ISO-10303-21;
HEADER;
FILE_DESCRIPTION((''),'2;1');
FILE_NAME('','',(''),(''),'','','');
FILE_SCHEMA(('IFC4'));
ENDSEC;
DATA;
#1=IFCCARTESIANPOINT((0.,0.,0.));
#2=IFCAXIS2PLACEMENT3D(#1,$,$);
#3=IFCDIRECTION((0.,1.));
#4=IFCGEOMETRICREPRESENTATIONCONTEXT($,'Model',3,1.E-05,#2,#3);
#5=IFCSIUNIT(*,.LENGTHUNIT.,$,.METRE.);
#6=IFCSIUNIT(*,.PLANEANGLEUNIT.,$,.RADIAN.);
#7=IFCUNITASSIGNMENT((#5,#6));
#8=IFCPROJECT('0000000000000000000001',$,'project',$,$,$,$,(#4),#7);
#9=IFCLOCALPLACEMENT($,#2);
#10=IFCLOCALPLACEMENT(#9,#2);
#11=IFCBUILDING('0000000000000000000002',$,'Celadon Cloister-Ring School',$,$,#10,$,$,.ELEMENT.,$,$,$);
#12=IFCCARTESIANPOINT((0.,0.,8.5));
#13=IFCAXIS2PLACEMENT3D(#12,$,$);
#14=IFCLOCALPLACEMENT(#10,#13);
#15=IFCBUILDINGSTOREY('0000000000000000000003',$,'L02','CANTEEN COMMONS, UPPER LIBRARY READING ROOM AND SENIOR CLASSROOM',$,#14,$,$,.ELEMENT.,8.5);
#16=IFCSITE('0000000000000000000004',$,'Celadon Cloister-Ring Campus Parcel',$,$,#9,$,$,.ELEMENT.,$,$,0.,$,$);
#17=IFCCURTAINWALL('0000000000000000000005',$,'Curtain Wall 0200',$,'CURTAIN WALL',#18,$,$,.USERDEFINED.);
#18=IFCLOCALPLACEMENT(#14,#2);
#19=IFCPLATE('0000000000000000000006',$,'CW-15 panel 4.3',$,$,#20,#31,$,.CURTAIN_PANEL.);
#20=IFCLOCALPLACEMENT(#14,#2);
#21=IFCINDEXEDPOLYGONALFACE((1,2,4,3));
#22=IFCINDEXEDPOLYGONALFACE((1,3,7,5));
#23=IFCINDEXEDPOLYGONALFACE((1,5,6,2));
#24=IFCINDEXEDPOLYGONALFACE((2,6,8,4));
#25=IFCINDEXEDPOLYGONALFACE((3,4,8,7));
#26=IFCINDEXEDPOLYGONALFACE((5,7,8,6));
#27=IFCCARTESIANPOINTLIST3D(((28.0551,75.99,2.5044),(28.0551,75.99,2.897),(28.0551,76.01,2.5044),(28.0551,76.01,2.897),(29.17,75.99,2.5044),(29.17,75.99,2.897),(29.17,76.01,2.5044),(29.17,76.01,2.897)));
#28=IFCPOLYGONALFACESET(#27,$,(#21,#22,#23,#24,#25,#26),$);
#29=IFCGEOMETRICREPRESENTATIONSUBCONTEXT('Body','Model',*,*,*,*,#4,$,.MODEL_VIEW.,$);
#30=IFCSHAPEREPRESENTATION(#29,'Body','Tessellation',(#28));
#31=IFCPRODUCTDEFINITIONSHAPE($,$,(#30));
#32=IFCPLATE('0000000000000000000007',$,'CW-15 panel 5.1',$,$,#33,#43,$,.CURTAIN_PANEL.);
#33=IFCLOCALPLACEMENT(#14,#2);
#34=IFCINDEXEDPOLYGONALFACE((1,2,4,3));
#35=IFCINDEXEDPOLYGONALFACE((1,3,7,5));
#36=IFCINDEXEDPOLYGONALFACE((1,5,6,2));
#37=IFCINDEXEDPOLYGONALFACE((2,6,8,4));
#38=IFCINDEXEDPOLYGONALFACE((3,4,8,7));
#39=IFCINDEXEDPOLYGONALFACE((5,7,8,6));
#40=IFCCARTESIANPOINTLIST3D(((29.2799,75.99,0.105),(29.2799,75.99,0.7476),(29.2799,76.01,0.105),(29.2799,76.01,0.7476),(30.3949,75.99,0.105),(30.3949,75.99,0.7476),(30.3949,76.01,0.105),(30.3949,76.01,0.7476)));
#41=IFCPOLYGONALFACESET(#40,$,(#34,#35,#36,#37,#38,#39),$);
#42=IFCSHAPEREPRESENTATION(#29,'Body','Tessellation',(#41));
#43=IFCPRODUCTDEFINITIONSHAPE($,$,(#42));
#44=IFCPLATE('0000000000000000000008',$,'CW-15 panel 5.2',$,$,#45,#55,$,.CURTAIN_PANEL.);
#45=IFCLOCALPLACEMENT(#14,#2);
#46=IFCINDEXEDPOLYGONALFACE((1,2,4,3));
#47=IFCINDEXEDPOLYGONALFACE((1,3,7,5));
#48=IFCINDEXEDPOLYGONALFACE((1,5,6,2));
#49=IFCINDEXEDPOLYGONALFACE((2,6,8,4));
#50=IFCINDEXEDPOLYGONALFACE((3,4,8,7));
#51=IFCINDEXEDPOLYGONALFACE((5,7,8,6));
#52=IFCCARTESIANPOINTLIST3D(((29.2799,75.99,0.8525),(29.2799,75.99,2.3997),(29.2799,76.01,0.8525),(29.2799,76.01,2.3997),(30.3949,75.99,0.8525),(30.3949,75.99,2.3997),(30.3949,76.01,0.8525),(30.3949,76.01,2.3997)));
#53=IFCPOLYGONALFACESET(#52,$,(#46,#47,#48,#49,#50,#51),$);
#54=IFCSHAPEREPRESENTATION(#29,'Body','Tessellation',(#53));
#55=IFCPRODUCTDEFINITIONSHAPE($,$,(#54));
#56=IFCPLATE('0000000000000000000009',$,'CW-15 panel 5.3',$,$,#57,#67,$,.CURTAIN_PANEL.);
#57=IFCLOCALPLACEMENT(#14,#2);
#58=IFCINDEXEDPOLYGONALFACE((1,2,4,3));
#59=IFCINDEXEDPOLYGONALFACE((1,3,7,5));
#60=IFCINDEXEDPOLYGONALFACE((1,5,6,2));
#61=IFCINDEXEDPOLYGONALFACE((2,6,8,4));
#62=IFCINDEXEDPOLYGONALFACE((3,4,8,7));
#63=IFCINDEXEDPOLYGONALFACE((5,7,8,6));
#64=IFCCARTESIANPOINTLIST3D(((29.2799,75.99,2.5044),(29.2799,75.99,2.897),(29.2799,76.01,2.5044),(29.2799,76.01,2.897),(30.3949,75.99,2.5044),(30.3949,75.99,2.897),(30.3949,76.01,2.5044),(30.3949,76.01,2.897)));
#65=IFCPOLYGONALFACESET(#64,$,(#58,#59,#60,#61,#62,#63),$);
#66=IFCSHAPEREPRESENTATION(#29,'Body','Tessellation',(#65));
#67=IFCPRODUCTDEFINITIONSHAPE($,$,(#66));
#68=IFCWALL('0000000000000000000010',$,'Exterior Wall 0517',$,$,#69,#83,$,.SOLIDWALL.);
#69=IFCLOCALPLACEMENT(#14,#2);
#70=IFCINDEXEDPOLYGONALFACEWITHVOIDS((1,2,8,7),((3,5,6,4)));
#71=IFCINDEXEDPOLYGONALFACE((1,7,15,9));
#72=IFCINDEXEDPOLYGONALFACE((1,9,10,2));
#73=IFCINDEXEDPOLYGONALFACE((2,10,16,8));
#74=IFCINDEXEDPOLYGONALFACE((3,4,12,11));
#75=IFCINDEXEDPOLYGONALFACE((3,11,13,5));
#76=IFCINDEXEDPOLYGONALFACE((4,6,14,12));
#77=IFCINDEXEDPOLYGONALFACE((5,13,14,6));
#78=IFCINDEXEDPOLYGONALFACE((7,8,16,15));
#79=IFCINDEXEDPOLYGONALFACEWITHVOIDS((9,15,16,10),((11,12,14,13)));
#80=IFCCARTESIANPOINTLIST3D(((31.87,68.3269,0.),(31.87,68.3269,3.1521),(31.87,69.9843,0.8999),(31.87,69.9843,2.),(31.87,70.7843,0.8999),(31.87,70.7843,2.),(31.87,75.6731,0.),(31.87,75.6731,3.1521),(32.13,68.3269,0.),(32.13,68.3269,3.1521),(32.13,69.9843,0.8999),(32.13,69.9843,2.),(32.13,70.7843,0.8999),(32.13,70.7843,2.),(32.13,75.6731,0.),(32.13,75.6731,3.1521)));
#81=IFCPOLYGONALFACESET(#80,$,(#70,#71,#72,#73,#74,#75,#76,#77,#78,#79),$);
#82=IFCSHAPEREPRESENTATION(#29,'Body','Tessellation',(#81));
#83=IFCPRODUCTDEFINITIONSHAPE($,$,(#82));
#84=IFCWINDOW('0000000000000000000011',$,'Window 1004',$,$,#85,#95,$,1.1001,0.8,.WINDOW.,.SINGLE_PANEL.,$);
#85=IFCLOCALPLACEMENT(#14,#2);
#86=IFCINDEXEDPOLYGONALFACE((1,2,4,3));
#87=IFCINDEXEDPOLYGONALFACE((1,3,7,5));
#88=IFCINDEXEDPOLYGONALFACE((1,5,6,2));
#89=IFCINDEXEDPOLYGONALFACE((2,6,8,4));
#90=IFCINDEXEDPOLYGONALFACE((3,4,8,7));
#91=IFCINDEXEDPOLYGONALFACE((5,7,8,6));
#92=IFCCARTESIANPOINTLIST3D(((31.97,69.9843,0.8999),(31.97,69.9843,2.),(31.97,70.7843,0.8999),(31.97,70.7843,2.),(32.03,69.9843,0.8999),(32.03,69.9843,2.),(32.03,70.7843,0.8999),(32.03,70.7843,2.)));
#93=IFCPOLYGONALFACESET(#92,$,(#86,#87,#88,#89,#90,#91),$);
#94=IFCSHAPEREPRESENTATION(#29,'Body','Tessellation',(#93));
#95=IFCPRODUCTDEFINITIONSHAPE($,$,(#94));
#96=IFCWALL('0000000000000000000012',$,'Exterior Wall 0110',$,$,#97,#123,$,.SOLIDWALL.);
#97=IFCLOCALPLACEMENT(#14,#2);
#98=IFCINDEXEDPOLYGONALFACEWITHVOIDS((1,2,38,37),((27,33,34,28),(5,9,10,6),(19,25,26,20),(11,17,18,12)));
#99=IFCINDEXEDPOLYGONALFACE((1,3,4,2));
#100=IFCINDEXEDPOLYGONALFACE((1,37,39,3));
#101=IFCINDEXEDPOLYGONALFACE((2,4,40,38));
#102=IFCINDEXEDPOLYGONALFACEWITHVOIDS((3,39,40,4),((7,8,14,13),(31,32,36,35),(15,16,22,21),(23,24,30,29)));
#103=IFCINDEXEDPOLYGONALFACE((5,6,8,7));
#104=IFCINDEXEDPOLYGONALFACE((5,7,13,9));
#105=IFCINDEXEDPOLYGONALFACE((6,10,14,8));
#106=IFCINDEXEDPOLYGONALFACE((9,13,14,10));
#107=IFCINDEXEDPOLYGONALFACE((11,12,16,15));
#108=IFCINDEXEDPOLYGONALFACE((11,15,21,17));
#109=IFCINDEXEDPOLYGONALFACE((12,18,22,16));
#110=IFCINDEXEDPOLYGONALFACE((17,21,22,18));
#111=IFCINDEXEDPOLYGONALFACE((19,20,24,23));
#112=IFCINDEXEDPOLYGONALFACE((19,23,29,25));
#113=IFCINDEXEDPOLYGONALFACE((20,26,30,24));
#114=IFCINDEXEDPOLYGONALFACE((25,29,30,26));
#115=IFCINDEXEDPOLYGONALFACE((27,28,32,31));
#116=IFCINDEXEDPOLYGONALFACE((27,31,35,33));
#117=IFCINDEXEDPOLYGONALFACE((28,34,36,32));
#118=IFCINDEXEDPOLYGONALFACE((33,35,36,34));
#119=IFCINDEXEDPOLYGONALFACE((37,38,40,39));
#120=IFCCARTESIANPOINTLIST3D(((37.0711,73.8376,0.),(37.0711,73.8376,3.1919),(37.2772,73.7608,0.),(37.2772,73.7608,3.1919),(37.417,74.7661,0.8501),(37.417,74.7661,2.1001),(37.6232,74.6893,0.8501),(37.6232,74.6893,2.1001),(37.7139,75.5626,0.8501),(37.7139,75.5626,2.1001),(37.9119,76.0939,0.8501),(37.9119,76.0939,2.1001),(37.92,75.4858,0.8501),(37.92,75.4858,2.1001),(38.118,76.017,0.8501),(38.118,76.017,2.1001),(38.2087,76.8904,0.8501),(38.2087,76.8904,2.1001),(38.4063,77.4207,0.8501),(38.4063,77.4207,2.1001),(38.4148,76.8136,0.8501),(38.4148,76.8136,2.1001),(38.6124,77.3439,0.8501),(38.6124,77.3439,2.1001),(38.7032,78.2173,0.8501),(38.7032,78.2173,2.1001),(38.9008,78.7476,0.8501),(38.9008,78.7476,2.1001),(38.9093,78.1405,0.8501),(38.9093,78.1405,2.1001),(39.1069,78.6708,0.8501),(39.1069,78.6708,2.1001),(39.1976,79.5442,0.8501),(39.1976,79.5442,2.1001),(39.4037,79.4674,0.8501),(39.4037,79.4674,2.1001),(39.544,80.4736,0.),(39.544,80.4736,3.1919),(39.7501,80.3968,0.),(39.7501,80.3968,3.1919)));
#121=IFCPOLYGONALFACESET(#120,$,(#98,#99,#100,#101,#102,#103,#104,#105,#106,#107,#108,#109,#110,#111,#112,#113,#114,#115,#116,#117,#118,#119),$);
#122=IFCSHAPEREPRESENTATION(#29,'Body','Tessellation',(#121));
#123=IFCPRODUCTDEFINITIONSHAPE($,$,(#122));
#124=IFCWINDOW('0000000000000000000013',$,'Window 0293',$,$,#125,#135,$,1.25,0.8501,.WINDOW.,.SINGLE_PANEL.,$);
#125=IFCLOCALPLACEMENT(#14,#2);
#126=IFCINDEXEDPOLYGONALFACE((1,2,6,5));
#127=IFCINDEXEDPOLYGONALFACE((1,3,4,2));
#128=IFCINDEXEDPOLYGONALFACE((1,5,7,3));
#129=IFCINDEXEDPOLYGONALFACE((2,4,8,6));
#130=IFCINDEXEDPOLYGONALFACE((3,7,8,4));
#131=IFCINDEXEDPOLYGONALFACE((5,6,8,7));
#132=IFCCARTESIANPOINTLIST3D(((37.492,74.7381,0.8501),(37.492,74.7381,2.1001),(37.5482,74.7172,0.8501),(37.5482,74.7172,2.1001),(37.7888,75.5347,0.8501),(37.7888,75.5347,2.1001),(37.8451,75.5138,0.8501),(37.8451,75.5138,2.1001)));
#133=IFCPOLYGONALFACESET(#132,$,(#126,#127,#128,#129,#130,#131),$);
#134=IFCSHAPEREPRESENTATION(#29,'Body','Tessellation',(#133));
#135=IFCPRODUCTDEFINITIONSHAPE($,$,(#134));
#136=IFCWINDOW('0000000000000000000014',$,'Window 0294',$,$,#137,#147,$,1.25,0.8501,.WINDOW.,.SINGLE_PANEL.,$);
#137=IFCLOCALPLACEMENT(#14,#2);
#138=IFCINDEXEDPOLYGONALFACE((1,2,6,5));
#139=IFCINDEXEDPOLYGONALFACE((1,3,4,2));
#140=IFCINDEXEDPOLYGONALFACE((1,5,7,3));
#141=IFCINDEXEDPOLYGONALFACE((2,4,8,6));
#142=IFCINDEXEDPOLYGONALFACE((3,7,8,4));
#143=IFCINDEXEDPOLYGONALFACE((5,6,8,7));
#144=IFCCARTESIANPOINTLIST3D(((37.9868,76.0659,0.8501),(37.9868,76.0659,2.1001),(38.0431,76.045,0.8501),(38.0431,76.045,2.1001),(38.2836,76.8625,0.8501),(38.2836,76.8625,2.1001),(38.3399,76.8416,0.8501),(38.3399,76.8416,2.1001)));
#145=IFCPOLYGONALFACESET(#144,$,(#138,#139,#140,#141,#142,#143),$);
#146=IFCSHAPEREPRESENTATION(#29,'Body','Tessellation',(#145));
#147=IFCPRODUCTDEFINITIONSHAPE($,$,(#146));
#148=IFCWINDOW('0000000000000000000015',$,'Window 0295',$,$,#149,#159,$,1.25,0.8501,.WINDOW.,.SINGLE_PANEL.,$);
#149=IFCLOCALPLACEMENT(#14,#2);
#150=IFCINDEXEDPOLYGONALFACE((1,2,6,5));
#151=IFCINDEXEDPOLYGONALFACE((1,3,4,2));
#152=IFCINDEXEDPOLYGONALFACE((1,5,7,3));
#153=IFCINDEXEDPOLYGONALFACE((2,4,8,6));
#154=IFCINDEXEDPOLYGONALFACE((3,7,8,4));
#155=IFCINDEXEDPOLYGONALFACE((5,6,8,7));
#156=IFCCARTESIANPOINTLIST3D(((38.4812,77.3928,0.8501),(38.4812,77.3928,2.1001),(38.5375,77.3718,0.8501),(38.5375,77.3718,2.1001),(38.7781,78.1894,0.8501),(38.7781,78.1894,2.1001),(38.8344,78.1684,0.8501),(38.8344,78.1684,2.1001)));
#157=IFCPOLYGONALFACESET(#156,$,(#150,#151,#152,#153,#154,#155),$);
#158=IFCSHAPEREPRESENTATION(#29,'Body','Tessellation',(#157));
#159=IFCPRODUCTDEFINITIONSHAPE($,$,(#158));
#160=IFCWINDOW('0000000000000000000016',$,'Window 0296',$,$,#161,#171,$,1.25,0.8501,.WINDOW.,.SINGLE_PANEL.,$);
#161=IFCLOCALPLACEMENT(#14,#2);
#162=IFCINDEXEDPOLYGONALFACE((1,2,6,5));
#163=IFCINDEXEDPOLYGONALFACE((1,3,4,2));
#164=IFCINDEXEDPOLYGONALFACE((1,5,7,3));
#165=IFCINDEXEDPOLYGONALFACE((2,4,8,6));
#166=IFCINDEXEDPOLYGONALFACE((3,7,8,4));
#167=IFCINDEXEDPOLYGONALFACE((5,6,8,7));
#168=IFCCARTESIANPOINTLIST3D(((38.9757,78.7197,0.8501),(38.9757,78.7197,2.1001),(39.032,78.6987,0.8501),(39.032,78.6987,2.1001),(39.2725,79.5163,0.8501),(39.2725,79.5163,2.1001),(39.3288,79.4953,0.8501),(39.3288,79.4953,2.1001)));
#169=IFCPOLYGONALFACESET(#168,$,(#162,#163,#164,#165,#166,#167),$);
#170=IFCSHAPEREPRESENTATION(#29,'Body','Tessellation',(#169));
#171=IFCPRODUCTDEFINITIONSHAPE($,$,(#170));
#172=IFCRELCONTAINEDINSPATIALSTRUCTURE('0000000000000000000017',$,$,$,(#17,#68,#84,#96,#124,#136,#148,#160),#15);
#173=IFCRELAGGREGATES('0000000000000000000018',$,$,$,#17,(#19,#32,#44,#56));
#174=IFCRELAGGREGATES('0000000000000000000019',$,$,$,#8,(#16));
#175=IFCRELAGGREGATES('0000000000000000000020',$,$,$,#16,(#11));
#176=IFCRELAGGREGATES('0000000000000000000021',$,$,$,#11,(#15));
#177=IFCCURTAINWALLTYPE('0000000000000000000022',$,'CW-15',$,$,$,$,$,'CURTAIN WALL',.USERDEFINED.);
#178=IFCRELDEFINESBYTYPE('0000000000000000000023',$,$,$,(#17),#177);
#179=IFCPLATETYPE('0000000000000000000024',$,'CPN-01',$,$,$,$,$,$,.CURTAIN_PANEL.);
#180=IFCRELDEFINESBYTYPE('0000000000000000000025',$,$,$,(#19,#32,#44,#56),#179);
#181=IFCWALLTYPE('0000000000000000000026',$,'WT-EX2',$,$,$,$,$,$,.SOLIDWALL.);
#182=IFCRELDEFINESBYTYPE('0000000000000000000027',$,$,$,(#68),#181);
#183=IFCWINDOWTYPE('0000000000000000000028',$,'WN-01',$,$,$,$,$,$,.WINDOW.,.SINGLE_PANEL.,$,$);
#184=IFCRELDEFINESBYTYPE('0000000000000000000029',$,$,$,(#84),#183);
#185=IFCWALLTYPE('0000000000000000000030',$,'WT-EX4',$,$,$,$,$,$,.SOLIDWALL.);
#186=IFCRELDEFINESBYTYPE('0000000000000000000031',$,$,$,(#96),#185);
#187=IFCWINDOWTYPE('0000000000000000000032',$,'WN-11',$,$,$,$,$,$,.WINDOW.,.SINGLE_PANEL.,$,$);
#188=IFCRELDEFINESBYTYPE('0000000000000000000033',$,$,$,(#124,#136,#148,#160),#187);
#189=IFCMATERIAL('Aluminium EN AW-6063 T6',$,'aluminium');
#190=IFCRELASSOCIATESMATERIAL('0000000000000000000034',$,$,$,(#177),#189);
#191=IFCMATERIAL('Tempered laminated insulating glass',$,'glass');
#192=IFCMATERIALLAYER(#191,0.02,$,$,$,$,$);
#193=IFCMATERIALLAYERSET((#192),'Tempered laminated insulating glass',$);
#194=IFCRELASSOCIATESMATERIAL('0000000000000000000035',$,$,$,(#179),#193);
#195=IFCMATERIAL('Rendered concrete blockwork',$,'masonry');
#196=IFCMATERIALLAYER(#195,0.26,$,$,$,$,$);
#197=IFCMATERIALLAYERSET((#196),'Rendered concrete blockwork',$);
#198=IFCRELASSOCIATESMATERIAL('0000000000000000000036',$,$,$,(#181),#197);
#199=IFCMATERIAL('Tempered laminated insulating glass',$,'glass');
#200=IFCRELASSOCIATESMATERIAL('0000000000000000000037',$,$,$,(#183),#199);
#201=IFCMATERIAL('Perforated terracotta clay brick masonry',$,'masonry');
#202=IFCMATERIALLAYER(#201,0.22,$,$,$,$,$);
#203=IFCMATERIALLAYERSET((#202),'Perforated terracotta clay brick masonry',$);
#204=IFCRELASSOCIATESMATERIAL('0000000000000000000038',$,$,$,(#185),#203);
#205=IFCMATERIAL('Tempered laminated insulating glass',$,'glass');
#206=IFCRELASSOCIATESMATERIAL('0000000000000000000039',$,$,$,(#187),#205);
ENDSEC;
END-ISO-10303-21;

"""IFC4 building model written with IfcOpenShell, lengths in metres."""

from ifc_helpers import new_model, si_unit, direction, frame, frame_2d, origin, origin_2d, place, context, subcontext, project, spatial, rectangle, extrude, material, layer, layer_set, type_object, element, fill, aggregate, save


model = new_model("IFC4")

# Units and contexts
model_context = context("Model", 3, precision=1e-05, world=origin(), true_north=direction((0.0, 1.0)))
body_context = subcontext(model_context, "Body", "Model", "MODEL_VIEW")
ifc_project = project(units=[si_unit("LENGTHUNIT", "METRE"), si_unit("PLANEANGLEUNIT", "RADIAN")], contexts=[model_context])

# Site, building, storey
site_placement = place(None, origin())
site = spatial("IfcSite", under=ifc_project, at=site_placement, Name="Celadon Cloister-Ring Campus Parcel", CompositionType="ELEMENT", RefElevation=0.0)
building_placement = place(site_placement, origin())
building = spatial("IfcBuilding", under=site, at=building_placement, Name="Celadon Cloister-Ring School", CompositionType="ELEMENT")
storey_placement = place(building_placement, frame((0.0, 0.0, 8.5)))
storey = spatial("IfcBuildingStorey", under=building, at=storey_placement, Name="L02", Description="CANTEEN COMMONS, UPPER LIBRARY READING ROOM AND SENIOR CLASSROOM", CompositionType="ELEMENT", Elevation=8.5)

# Curtain wall, plates
ifc_material_1 = material(Name="Aluminium EN AW-6063 T6", Category="aluminium")
curtain_wall_type = type_object("IfcCurtainWallType", Name="CW-15", ElementType="CURTAIN WALL", PredefinedType="USERDEFINED", material=ifc_material_1)
curtain_wall_placement = place(storey_placement, origin())
curtain_wall = element("IfcCurtainWall", 1, at=curtain_wall_placement, inside=storey, type_object=curtain_wall_type, Name="Curtain Wall 0200", ObjectType="CURTAIN WALL", PredefinedType="USERDEFINED")
ifc_material_2 = material(Name="Tempered laminated insulating glass", Category="glass")
ifc_layer_1 = layer(ifc_material_2, 0.02)
ifc_layer_set_1 = layer_set([ifc_layer_1], Name="Tempered laminated insulating glass")
plate_type = type_object("IfcPlateType", Name="CPN-01", PredefinedType="CURTAIN_PANEL", material=ifc_layer_set_1)
plate_1_placement = place(storey_placement, frame((28.6125, 76.0, 2.5044), z_axis=(0.0, 0.0, 1.0), x_axis=(1.0, 0.0, 0.0)))
plate_1 = element("IfcPlate", 2, at=plate_1_placement, type_object=plate_type, Name="CW-15 panel 4.3", PredefinedType="CURTAIN_PANEL", context=body_context, shape_type="SweptSolid", body=[
    extrude(rectangle(XDim=1.115, YDim=0.02, at=origin_2d()), origin(), (0.0, 0.0, 1.0), 0.3926),
])
plate_2_placement = place(storey_placement, frame((29.8374, 76.0, 0.105), z_axis=(0.0, 0.0, 1.0), x_axis=(1.0, 0.0, 0.0)))
plate_2 = element("IfcPlate", 3, at=plate_2_placement, type_object=plate_type, Name="CW-15 panel 5.1", PredefinedType="CURTAIN_PANEL", context=body_context, shape_type="SweptSolid", body=[
    extrude(rectangle(XDim=1.115, YDim=0.02, at=origin_2d()), origin(), (0.0, 0.0, 1.0), 0.6426),
])
plate_3_placement = place(storey_placement, frame((29.8374, 76.0, 0.8525), z_axis=(0.0, 0.0, 1.0), x_axis=(1.0, 0.0, 0.0)))
plate_3 = element("IfcPlate", 4, at=plate_3_placement, type_object=plate_type, Name="CW-15 panel 5.2", PredefinedType="CURTAIN_PANEL", context=body_context, shape_type="SweptSolid", body=[
    extrude(rectangle(XDim=1.115, YDim=0.02, at=origin_2d()), origin(), (0.0, 0.0, 1.0), 1.5471),
])
plate_4_placement = place(storey_placement, frame((29.8374, 76.0, 2.5044), z_axis=(0.0, 0.0, 1.0), x_axis=(1.0, 0.0, 0.0)))
plate_4 = element("IfcPlate", 5, at=plate_4_placement, type_object=plate_type, Name="CW-15 panel 5.3", PredefinedType="CURTAIN_PANEL", context=body_context, shape_type="SweptSolid", body=[
    extrude(rectangle(XDim=1.115, YDim=0.02, at=origin_2d()), origin(), (0.0, 0.0, 1.0), 0.3926),
])
aggregate(curtain_wall, [plate_1, plate_2, plate_3, plate_4])

# Wall, opening, window
ifc_material_3 = material(Name="Rendered concrete blockwork", Category="masonry")
ifc_layer_2 = layer(ifc_material_3, 0.26)
ifc_layer_set_2 = layer_set([ifc_layer_2], Name="Rendered concrete blockwork")
wall_type_1 = type_object("IfcWallType", Name="WT-EX2", PredefinedType="SOLIDWALL", material=ifc_layer_set_2)
wall_1_placement = place(storey_placement, frame((32.0, 75.6731, 0.0), z_axis=(0.0, 0.0, 1.0), x_axis=(0.0, -1.0, 0.0)))
wall_1 = element("IfcWall", 6, at=wall_1_placement, inside=storey, type_object=wall_type_1, Name="Exterior Wall 0517", PredefinedType="SOLIDWALL", context=body_context, shape_type="SweptSolid", body=[
    extrude(rectangle(XDim=7.3462, YDim=0.26, at=frame_2d((3.6731, 0.0))), origin(), (0.0, 0.0, 1.0), 3.1521),
])
opening_1_placement = place(wall_1_placement, frame((4.8889, 0.0, 0.8999)))
opening_1 = element("IfcOpeningElement", 7, at=opening_1_placement, cuts=wall_1, PredefinedType="OPENING", context=body_context, shape_type="SweptSolid", body=[
    extrude(rectangle(XDim=0.8, YDim=1.1001, at=frame_2d((0.3999, 0.55))), frame((0.0, 0.1401, 0.0), z_axis=(0.0, -1.0, 0.0), x_axis=(1.0, 0.0, 0.0)), (0.0, 0.0, 1.0), 0.28),
])
ifc_material_4 = material(Name="Tempered laminated insulating glass", Category="glass")
window_type_1 = type_object("IfcWindowType", Name="WN-01", PartitioningType="SINGLE_PANEL", PredefinedType="WINDOW", material=ifc_material_4)
window_1_placement = place(opening_1_placement, origin())
window_1 = element("IfcWindow", 8, at=window_1_placement, inside=storey, type_object=window_type_1, Name="Window 1004", OverallHeight=1.1001, OverallWidth=0.8, PartitioningType="SINGLE_PANEL", PredefinedType="WINDOW", context=body_context, shape_type="SweptSolid", body=[
    extrude(rectangle(XDim=0.8, YDim=1.1001, at=frame_2d((0.3999, 0.55))), frame((0.0, 0.03, 0.0), z_axis=(0.0, -1.0, 0.0), x_axis=(1.0, 0.0, 0.0)), (0.0, 0.0, 1.0), 0.0601),
])
fill(opening_1, window_1)

# Wall, openings, windows
ifc_material_5 = material(Name="Perforated terracotta clay brick masonry", Category="masonry")
ifc_layer_3 = layer(ifc_material_5, 0.22)
ifc_layer_set_3 = layer_set([ifc_layer_3], Name="Perforated terracotta clay brick masonry")
wall_type_2 = type_object("IfcWallType", Name="WT-EX4", PredefinedType="SOLIDWALL", material=ifc_layer_set_3)
wall_2_placement = place(storey_placement, frame((37.1741, 73.7991, 0.0), z_axis=(0.0, 0.0, 1.0), x_axis=(0.349192, 0.937051, 0.0)))
wall_2 = element("IfcWall", 9, at=wall_2_placement, inside=storey, type_object=wall_type_2, Name="Exterior Wall 0110", PredefinedType="SOLIDWALL", context=body_context, shape_type="SweptSolid", body=[
    extrude(rectangle(XDim=7.0818, YDim=0.22, at=frame_2d((3.541, 0.0))), origin(), (0.0, 0.0, 1.0), 3.1919),
])
opening_2_placement = place(wall_2_placement, frame((0.991, 0.0, 0.8501)))
opening_2 = element("IfcOpeningElement", 10, at=opening_2_placement, cuts=wall_2, PredefinedType="OPENING", context=body_context, shape_type="SweptSolid", body=[
    extrude(rectangle(XDim=0.8501, YDim=1.25, at=frame_2d((0.425, 0.625))), frame((0.0, 0.1201, 0.0), z_axis=(0.0, -1.0, 0.0), x_axis=(1.0, 0.0, 0.0)), (0.0, 0.0, 1.0), 0.24),
])
opening_3_placement = place(wall_2_placement, frame((2.408, 0.0, 0.8501)))
opening_3 = element("IfcOpeningElement", 11, at=opening_3_placement, cuts=wall_2, PredefinedType="OPENING", context=body_context, shape_type="SweptSolid", body=[
    extrude(rectangle(XDim=0.8501, YDim=1.25, at=frame_2d((0.425, 0.625))), frame((0.0, 0.1201, 0.0), z_axis=(0.0, -1.0, 0.0), x_axis=(1.0, 0.0, 0.0)), (0.0, 0.0, 1.0), 0.24),
])
opening_4_placement = place(wall_2_placement, frame((3.824, 0.0, 0.8501)))
opening_4 = element("IfcOpeningElement", 12, at=opening_4_placement, cuts=wall_2, PredefinedType="OPENING", context=body_context, shape_type="SweptSolid", body=[
    extrude(rectangle(XDim=0.8501, YDim=1.25, at=frame_2d((0.425, 0.625))), frame((0.0, 0.1201, 0.0), z_axis=(0.0, -1.0, 0.0), x_axis=(1.0, 0.0, 0.0)), (0.0, 0.0, 1.0), 0.24),
])
opening_5_placement = place(wall_2_placement, frame((5.24, 0.0, 0.8501)))
opening_5 = element("IfcOpeningElement", 13, at=opening_5_placement, cuts=wall_2, PredefinedType="OPENING", context=body_context, shape_type="SweptSolid", body=[
    extrude(rectangle(XDim=0.8501, YDim=1.25, at=frame_2d((0.425, 0.625))), frame((0.0, 0.1201, 0.0), z_axis=(0.0, -1.0, 0.0), x_axis=(1.0, 0.0, 0.0)), (0.0, 0.0, 1.0), 0.24),
])
ifc_material_6 = material(Name="Tempered laminated insulating glass", Category="glass")
window_type_2 = type_object("IfcWindowType", Name="WN-11", PartitioningType="SINGLE_PANEL", PredefinedType="WINDOW", material=ifc_material_6)
window_2_placement = place(opening_2_placement, origin())
window_2 = element("IfcWindow", 14, at=window_2_placement, inside=storey, type_object=window_type_2, Name="Window 0293", OverallHeight=1.25, OverallWidth=0.8501, PartitioningType="SINGLE_PANEL", PredefinedType="WINDOW", context=body_context, shape_type="SweptSolid", body=[
    extrude(rectangle(XDim=0.8501, YDim=1.25, at=frame_2d((0.425, 0.625))), frame((0.0, 0.03, 0.0), z_axis=(0.0, -1.0, 0.0), x_axis=(1.0, 0.0, 0.0)), (0.0, 0.0, 1.0), 0.0601),
])
fill(opening_2, window_2)
window_3_placement = place(opening_3_placement, origin())
window_3 = element("IfcWindow", 15, at=window_3_placement, inside=storey, type_object=window_type_2, Name="Window 0294", OverallHeight=1.25, OverallWidth=0.8501, PartitioningType="SINGLE_PANEL", PredefinedType="WINDOW", context=body_context, shape_type="SweptSolid", body=[
    extrude(rectangle(XDim=0.8501, YDim=1.25, at=frame_2d((0.425, 0.625))), frame((0.0, 0.03, 0.0), z_axis=(0.0, -1.0, 0.0), x_axis=(1.0, 0.0, 0.0)), (0.0, 0.0, 1.0), 0.0601),
])
fill(opening_3, window_3)
window_4_placement = place(opening_4_placement, origin())
window_4 = element("IfcWindow", 16, at=window_4_placement, inside=storey, type_object=window_type_2, Name="Window 0295", OverallHeight=1.25, OverallWidth=0.8501, PartitioningType="SINGLE_PANEL", PredefinedType="WINDOW", context=body_context, shape_type="SweptSolid", body=[
    extrude(rectangle(XDim=0.8501, YDim=1.25, at=frame_2d((0.425, 0.625))), frame((0.0, 0.03, 0.0), z_axis=(0.0, -1.0, 0.0), x_axis=(1.0, 0.0, 0.0)), (0.0, 0.0, 1.0), 0.0601),
])
fill(opening_4, window_4)
window_5_placement = place(opening_5_placement, origin())
window_5 = element("IfcWindow", 17, at=window_5_placement, inside=storey, type_object=window_type_2, Name="Window 0296", OverallHeight=1.25, OverallWidth=0.8501, PartitioningType="SINGLE_PANEL", PredefinedType="WINDOW", context=body_context, shape_type="SweptSolid", body=[
    extrude(rectangle(XDim=0.8501, YDim=1.25, at=frame_2d((0.425, 0.625))), frame((0.0, 0.03, 0.0), z_axis=(0.0, -1.0, 0.0), x_axis=(1.0, 0.0, 0.0)), (0.0, 0.0, 1.0), 0.0601),
])
fill(opening_5, window_5)

save(model, "model.ifc")
